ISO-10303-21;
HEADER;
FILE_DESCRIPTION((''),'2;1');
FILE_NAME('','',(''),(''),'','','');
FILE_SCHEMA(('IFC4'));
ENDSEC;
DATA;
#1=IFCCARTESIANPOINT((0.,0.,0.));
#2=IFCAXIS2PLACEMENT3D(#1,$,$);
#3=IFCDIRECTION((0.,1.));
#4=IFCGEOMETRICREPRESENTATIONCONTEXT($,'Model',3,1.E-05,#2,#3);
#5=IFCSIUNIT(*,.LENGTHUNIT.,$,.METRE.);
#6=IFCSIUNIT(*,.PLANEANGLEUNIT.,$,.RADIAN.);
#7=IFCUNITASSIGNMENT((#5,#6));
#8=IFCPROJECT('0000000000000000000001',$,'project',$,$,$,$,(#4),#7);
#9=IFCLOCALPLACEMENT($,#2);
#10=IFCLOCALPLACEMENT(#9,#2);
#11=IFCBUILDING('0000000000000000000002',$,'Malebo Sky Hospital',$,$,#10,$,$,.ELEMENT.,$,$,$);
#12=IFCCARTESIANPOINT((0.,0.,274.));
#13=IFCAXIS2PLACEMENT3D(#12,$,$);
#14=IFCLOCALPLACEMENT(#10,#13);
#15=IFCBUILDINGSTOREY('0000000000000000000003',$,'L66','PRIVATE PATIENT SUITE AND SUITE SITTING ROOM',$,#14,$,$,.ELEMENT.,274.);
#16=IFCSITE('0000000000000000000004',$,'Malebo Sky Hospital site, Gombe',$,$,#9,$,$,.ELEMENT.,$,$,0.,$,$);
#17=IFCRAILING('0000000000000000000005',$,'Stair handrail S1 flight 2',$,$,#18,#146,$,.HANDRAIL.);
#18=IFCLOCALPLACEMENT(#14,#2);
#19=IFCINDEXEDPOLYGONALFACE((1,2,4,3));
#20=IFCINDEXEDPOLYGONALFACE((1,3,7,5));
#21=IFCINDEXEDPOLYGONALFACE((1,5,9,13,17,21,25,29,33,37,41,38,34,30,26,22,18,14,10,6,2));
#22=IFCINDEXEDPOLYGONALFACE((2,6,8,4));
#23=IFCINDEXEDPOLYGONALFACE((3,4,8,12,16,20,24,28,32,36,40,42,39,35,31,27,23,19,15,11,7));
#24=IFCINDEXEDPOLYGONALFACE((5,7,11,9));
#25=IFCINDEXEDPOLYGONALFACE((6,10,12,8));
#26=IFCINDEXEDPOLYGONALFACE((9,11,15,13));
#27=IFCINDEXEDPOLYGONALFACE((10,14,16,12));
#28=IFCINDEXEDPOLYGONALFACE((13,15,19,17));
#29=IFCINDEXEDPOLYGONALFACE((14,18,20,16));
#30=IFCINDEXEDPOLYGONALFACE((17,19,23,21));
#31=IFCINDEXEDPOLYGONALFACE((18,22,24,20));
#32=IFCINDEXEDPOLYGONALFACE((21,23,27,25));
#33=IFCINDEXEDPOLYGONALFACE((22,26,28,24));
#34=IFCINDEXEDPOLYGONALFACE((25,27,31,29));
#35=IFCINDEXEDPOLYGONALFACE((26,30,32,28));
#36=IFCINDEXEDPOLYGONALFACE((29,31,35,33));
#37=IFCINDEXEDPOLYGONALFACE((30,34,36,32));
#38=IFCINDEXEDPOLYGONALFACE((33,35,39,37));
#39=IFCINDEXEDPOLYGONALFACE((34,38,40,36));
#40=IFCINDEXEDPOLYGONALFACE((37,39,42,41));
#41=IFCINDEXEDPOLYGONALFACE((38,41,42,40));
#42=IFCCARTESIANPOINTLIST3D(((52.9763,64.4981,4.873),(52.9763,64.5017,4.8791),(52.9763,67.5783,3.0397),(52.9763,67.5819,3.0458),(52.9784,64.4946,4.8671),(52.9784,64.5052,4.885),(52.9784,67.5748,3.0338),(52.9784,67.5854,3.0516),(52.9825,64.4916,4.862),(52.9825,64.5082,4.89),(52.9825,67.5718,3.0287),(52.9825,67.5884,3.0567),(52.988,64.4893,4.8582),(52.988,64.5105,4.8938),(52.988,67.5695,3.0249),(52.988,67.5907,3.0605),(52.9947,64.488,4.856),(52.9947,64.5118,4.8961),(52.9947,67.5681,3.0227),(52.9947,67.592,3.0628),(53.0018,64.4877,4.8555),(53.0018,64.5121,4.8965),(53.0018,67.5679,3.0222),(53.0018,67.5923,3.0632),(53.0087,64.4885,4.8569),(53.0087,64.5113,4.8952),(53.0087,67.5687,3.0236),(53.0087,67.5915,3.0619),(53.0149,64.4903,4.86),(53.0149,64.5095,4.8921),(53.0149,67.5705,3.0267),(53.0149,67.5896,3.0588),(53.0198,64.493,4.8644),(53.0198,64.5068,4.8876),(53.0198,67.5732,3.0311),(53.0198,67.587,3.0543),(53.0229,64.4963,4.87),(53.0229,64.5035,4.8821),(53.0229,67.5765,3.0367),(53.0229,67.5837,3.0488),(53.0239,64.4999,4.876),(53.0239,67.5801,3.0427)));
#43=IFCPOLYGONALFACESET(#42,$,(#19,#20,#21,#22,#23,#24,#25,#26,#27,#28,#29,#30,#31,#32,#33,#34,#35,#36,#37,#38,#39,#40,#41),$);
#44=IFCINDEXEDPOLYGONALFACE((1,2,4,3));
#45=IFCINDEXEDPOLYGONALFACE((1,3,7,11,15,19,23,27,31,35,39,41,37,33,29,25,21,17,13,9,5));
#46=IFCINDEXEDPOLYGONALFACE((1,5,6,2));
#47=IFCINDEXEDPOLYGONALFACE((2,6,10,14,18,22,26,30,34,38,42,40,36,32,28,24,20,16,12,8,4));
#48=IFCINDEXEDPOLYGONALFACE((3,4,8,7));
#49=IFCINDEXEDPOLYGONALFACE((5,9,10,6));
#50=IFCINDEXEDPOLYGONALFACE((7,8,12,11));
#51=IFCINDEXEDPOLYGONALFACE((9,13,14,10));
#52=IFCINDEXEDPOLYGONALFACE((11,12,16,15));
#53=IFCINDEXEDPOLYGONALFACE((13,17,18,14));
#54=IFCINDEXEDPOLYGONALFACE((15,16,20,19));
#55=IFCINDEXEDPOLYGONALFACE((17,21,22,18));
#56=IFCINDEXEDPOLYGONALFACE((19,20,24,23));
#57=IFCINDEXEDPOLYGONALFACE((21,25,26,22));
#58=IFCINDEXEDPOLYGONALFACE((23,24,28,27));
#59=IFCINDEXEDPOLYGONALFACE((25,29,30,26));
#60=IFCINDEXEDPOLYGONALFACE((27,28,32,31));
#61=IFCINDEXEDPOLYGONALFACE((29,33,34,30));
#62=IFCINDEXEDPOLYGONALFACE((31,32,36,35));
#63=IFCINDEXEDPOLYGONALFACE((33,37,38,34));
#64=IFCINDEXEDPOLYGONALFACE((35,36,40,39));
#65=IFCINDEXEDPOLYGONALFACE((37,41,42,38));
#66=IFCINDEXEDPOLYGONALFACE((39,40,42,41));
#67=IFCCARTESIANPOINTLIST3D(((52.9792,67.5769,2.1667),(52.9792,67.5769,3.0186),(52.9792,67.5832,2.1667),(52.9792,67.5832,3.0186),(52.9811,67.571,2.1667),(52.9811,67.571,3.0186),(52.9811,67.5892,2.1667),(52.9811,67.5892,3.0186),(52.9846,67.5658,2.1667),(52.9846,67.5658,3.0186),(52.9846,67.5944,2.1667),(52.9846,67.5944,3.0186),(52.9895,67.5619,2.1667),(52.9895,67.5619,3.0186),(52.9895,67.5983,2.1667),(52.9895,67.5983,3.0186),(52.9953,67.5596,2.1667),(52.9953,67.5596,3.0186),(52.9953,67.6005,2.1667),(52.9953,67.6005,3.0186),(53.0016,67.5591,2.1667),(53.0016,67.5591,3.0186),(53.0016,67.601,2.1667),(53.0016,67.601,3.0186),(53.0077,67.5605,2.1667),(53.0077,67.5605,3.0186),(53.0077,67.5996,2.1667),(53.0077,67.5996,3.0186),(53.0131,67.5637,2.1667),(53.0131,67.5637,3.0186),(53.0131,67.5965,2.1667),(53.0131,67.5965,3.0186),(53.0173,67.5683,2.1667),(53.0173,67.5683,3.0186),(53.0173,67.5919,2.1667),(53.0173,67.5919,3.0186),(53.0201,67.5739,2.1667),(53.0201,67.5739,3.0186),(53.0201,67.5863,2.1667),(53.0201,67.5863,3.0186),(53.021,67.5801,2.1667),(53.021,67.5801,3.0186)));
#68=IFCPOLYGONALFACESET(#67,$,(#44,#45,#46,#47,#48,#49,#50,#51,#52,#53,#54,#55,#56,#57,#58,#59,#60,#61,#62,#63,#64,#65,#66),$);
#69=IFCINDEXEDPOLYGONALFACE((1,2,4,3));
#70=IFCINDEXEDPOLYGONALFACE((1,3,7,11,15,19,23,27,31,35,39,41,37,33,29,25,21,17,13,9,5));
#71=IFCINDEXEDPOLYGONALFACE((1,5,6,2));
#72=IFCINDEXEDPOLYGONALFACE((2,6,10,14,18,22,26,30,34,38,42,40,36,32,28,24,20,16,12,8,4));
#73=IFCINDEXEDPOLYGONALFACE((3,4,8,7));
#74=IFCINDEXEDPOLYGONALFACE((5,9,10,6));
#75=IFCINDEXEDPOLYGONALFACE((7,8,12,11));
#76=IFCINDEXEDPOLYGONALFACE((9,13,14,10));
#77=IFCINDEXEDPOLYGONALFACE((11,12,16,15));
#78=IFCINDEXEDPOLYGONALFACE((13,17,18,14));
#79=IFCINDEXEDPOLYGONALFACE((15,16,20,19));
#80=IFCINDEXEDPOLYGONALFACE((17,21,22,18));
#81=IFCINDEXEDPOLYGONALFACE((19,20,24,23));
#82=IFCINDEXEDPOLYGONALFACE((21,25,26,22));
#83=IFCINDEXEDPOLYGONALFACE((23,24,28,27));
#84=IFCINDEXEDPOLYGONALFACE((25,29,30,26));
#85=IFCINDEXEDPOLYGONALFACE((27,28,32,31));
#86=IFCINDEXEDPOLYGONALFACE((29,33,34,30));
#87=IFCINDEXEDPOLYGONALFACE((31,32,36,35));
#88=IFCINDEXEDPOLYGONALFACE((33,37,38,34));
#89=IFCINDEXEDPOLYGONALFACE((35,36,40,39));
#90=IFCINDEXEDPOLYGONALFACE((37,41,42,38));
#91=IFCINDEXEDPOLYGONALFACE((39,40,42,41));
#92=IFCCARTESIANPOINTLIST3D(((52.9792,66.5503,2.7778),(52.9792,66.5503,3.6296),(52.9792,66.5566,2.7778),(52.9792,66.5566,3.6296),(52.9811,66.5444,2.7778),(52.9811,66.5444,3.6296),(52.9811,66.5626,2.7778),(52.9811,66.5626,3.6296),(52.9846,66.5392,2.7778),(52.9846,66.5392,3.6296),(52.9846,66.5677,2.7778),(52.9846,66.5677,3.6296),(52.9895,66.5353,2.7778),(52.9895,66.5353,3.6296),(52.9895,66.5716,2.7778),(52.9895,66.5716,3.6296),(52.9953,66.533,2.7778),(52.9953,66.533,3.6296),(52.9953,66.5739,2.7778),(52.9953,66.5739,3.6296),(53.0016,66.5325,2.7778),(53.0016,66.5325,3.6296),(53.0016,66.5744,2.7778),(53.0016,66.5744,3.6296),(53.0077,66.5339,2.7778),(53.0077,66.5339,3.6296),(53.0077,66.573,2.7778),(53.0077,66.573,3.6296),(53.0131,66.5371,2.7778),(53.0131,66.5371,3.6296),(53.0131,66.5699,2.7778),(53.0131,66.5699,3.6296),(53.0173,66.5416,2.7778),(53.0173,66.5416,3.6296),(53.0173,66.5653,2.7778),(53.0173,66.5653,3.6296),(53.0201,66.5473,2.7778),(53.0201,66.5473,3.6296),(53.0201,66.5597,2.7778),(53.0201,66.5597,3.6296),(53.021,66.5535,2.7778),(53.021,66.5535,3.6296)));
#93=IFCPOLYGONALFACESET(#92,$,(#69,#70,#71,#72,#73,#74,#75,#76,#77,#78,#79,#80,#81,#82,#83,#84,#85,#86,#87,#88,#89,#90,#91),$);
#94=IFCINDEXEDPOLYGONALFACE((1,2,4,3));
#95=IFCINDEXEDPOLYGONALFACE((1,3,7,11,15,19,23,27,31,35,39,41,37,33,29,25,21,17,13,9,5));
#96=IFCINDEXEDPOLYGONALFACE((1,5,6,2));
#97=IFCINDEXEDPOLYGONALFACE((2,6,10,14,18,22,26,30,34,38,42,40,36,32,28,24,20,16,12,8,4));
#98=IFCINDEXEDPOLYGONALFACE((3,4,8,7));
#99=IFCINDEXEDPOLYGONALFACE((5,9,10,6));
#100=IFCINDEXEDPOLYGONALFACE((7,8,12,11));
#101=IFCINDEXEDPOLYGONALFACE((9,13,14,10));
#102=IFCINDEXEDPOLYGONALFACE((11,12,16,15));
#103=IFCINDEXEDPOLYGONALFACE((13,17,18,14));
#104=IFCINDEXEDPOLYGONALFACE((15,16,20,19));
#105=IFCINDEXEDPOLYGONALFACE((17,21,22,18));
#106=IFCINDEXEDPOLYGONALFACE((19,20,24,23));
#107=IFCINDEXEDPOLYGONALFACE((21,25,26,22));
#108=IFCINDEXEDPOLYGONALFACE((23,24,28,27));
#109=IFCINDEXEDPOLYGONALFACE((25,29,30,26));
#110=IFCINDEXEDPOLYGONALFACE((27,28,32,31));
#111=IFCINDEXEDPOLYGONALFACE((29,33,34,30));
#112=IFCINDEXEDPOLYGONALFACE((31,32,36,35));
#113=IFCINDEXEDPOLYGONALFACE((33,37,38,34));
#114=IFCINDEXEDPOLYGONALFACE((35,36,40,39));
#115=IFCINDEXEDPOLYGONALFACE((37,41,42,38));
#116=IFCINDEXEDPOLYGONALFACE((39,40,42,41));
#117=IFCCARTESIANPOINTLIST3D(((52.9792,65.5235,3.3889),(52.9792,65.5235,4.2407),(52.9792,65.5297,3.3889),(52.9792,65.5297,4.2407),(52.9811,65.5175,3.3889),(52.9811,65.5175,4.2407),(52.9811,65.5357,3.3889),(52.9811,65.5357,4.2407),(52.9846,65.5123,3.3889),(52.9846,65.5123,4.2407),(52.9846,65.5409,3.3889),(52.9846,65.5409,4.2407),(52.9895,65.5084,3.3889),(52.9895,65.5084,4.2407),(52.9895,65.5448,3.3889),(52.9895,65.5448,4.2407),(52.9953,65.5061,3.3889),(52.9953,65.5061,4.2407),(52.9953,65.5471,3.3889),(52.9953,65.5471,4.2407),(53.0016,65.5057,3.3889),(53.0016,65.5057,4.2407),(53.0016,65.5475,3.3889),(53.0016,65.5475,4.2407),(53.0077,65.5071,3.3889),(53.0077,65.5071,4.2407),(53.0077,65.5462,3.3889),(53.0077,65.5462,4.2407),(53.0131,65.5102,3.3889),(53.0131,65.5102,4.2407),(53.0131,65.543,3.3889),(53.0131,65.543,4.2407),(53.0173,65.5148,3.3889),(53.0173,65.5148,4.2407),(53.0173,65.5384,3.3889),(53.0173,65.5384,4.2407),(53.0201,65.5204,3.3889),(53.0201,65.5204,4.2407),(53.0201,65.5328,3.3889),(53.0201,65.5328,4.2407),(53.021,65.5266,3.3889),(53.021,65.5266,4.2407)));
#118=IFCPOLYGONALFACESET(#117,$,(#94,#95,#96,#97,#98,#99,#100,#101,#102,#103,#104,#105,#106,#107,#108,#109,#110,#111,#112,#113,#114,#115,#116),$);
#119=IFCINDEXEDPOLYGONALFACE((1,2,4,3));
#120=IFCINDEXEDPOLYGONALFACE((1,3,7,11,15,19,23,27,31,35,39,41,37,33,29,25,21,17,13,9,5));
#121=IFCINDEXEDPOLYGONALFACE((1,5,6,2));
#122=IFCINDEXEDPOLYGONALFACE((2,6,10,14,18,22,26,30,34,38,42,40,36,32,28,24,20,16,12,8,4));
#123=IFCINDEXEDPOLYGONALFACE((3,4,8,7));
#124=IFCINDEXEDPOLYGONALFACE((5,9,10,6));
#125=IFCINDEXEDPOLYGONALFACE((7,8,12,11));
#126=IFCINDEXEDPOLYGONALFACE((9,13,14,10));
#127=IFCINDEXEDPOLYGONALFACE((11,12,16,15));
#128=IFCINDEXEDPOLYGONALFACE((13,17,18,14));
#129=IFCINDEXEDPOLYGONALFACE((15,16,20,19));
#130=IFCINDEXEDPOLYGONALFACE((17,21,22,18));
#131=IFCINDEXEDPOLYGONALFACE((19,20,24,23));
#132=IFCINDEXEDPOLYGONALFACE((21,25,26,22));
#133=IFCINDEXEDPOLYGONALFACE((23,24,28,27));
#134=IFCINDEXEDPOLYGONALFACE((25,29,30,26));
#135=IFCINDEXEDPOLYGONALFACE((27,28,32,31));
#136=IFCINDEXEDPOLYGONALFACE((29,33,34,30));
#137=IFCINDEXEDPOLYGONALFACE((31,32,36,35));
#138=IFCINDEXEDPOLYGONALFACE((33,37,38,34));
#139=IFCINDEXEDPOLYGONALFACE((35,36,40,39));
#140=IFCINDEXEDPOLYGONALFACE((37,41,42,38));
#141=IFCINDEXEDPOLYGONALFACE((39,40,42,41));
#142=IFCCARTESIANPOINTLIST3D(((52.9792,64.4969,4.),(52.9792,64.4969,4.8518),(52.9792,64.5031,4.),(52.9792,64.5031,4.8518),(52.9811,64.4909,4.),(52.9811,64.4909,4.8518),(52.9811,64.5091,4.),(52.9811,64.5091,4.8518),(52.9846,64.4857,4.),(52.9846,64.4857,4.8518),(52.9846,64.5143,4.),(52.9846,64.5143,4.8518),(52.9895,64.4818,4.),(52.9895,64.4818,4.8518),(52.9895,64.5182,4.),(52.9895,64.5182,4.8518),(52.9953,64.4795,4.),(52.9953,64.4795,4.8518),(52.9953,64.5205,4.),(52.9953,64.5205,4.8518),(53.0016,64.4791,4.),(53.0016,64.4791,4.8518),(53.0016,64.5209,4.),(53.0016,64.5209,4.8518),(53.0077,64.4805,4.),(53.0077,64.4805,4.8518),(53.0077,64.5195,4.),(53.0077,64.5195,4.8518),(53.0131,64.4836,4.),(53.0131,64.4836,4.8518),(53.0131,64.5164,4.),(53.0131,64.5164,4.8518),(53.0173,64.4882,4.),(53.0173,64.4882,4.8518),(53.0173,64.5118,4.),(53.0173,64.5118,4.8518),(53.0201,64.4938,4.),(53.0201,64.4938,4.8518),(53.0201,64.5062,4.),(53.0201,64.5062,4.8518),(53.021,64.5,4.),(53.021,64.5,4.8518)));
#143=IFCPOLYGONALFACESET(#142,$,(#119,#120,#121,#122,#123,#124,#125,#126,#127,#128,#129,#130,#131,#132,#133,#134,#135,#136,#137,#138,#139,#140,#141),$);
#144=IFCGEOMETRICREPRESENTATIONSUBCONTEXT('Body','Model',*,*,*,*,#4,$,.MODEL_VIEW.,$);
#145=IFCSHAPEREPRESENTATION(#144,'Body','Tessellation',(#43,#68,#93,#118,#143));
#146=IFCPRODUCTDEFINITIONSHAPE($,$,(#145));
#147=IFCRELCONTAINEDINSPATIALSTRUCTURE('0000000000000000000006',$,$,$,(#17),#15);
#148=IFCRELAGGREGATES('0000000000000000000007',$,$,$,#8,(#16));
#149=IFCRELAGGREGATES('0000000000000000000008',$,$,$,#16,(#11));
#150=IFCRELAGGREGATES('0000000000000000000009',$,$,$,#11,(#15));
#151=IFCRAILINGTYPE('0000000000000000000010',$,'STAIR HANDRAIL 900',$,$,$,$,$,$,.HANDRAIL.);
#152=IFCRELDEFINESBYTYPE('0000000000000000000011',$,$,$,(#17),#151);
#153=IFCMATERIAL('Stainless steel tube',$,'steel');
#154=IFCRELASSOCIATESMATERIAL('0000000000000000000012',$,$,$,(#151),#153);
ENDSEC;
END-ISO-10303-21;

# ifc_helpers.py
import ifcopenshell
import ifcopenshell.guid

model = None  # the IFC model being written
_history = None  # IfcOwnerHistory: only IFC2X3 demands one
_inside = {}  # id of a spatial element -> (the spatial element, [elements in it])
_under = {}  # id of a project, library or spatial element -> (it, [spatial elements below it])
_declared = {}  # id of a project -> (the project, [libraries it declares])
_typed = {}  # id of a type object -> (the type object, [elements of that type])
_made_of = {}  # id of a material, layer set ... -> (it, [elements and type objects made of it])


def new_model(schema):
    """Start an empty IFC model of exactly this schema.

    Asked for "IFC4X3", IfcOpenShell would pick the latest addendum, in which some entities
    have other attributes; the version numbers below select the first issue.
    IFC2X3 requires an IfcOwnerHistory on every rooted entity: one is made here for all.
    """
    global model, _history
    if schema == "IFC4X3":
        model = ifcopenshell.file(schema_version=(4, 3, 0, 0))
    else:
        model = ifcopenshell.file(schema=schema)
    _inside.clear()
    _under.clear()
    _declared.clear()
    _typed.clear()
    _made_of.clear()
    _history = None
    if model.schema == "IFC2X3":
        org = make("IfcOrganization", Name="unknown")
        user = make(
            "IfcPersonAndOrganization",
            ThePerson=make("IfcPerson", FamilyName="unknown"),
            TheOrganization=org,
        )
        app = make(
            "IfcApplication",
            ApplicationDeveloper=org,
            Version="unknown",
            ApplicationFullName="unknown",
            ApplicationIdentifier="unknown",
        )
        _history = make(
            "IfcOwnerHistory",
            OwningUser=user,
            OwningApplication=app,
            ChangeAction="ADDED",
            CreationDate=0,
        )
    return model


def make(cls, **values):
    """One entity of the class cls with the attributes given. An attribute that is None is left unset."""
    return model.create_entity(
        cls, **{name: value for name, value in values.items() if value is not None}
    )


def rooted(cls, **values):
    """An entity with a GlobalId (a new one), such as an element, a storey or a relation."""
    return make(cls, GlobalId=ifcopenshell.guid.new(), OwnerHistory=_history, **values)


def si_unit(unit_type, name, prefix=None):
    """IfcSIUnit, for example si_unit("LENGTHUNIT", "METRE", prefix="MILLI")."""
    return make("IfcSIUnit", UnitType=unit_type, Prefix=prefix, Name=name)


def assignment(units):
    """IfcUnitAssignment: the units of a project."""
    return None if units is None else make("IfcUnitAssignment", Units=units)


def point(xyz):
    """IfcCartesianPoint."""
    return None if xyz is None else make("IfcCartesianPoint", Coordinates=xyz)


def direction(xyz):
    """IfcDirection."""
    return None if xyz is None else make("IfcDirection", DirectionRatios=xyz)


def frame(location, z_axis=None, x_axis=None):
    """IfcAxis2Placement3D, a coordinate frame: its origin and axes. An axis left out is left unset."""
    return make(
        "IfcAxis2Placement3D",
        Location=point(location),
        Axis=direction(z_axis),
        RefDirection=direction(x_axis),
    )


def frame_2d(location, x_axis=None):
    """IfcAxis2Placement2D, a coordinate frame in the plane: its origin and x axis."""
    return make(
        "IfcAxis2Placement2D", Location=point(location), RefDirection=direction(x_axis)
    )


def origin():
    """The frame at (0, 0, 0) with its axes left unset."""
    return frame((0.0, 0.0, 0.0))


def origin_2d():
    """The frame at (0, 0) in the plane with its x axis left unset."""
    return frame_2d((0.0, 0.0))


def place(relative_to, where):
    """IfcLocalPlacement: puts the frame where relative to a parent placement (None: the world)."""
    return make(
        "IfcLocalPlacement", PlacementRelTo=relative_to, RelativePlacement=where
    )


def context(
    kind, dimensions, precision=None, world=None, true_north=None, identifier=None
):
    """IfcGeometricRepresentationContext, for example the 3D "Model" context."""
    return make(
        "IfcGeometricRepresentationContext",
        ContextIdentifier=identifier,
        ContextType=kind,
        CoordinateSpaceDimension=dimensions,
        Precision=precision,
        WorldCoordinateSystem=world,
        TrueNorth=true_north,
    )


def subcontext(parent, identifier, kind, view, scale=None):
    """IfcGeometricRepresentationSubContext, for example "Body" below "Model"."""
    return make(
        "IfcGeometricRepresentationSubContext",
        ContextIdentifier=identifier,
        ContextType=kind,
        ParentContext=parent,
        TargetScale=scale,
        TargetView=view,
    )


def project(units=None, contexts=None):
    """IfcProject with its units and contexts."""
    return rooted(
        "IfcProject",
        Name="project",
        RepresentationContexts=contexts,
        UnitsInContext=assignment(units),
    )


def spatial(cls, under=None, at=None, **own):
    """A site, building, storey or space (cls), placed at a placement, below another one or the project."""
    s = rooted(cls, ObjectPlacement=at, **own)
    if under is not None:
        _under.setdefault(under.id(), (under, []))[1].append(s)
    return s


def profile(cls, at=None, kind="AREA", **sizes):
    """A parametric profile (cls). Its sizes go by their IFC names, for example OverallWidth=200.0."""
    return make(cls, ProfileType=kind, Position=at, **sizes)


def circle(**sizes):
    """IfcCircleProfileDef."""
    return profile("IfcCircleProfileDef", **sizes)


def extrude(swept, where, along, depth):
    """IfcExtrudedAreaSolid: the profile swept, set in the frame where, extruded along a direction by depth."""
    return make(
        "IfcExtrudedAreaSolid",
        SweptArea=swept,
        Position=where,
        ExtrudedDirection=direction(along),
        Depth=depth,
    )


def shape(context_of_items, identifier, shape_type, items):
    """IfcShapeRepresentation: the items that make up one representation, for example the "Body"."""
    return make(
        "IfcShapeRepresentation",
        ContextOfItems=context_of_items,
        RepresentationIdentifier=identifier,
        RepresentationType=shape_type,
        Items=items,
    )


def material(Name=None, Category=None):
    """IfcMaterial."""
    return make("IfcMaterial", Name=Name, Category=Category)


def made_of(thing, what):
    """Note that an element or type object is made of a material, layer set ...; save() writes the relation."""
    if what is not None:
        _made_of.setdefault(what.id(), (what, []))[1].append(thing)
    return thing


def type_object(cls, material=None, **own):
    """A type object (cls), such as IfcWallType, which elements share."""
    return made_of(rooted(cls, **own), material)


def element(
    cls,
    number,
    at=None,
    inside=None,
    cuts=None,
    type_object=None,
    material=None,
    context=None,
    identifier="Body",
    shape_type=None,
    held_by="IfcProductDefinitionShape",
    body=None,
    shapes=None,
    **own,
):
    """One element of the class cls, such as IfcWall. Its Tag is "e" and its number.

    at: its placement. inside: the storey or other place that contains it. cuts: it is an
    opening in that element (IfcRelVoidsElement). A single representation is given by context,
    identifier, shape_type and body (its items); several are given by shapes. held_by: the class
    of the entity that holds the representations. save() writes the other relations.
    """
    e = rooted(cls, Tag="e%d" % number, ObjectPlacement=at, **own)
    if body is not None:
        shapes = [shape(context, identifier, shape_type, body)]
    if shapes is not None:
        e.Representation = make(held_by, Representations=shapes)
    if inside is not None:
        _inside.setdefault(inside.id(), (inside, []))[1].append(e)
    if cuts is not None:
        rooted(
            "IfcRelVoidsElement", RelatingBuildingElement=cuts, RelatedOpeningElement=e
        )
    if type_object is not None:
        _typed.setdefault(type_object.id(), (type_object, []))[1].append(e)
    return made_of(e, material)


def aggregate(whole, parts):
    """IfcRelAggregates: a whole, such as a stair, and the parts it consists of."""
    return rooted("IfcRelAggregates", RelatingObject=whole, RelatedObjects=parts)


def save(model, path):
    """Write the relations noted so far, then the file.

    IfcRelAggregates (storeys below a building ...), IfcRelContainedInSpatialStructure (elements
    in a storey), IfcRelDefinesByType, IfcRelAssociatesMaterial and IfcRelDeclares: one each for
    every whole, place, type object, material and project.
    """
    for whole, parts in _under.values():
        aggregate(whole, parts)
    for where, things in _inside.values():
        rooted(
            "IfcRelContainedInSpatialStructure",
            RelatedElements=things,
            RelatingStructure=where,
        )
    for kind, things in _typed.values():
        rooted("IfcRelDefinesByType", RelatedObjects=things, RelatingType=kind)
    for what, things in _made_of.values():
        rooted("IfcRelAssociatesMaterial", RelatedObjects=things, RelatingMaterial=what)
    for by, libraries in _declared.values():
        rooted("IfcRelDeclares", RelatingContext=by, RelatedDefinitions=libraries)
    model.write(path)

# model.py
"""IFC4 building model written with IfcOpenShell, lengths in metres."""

from ifc_helpers import new_model, si_unit, direction, frame, origin, origin_2d, place, context, subcontext, project, spatial, circle, extrude, material, type_object, element, save


model = new_model("IFC4")

# Units and contexts
model_context = context("Model", 3, precision=1e-05, world=origin(), true_north=direction((0.0, 1.0)))
body_context = subcontext(model_context, "Body", "Model", "MODEL_VIEW")
ifc_project = project(units=[si_unit("LENGTHUNIT", "METRE"), si_unit("PLANEANGLEUNIT", "RADIAN")], contexts=[model_context])

# Site, building, storey
site_placement = place(None, origin())
site = spatial("IfcSite", under=ifc_project, at=site_placement, Name="Malebo Sky Hospital site, Gombe", CompositionType="ELEMENT", RefElevation=0.0)
building_placement = place(site_placement, origin())
building = spatial("IfcBuilding", under=site, at=building_placement, Name="Malebo Sky Hospital", CompositionType="ELEMENT")
storey_placement = place(building_placement, frame((0.0, 0.0, 274.0)))
storey = spatial("IfcBuildingStorey", under=building, at=storey_placement, Name="L66", Description="PRIVATE PATIENT SUITE AND SUITE SITTING ROOM", CompositionType="ELEMENT", Elevation=274.0)

# Railing
ifc_material_1 = material(Name="Stainless steel tube", Category="steel")
railing_type = type_object("IfcRailingType", Name="STAIR HANDRAIL 900", PredefinedType="HANDRAIL", material=ifc_material_1)
railing_placement = place(storey_placement, frame((53.0, 67.5801, 2.1667)))
element("IfcRailing", 1, at=railing_placement, inside=storey, type_object=railing_type, Name="Stair handrail S1 flight 2", PredefinedType="HANDRAIL", context=body_context, shape_type="SweptSolid", body=[
    extrude(circle(Radius=0.0239, at=origin_2d()), frame((0.0, 0.0, 0.876), z_axis=(0.0, -0.859309, 0.511458), x_axis=(1.0, 0.0, 0.0)), (0.0, 0.0, 1.0), 3.5845),
    extrude(circle(Radius=0.021, at=origin_2d()), origin(), (0.0, 0.0, 1.0), 0.8518),
    extrude(circle(Radius=0.021, at=origin_2d()), frame((0.0, -1.0266, 0.6111)), (0.0, 0.0, 1.0), 0.8518),
    extrude(circle(Radius=0.021, at=origin_2d()), frame((0.0, -2.0535, 1.2222)), (0.0, 0.0, 1.0), 0.8518),
    extrude(circle(Radius=0.021, at=origin_2d()), frame((0.0, -3.0801, 1.8333)), (0.0, 0.0, 1.0), 0.8518),
])

save(model, "model.ifc")
